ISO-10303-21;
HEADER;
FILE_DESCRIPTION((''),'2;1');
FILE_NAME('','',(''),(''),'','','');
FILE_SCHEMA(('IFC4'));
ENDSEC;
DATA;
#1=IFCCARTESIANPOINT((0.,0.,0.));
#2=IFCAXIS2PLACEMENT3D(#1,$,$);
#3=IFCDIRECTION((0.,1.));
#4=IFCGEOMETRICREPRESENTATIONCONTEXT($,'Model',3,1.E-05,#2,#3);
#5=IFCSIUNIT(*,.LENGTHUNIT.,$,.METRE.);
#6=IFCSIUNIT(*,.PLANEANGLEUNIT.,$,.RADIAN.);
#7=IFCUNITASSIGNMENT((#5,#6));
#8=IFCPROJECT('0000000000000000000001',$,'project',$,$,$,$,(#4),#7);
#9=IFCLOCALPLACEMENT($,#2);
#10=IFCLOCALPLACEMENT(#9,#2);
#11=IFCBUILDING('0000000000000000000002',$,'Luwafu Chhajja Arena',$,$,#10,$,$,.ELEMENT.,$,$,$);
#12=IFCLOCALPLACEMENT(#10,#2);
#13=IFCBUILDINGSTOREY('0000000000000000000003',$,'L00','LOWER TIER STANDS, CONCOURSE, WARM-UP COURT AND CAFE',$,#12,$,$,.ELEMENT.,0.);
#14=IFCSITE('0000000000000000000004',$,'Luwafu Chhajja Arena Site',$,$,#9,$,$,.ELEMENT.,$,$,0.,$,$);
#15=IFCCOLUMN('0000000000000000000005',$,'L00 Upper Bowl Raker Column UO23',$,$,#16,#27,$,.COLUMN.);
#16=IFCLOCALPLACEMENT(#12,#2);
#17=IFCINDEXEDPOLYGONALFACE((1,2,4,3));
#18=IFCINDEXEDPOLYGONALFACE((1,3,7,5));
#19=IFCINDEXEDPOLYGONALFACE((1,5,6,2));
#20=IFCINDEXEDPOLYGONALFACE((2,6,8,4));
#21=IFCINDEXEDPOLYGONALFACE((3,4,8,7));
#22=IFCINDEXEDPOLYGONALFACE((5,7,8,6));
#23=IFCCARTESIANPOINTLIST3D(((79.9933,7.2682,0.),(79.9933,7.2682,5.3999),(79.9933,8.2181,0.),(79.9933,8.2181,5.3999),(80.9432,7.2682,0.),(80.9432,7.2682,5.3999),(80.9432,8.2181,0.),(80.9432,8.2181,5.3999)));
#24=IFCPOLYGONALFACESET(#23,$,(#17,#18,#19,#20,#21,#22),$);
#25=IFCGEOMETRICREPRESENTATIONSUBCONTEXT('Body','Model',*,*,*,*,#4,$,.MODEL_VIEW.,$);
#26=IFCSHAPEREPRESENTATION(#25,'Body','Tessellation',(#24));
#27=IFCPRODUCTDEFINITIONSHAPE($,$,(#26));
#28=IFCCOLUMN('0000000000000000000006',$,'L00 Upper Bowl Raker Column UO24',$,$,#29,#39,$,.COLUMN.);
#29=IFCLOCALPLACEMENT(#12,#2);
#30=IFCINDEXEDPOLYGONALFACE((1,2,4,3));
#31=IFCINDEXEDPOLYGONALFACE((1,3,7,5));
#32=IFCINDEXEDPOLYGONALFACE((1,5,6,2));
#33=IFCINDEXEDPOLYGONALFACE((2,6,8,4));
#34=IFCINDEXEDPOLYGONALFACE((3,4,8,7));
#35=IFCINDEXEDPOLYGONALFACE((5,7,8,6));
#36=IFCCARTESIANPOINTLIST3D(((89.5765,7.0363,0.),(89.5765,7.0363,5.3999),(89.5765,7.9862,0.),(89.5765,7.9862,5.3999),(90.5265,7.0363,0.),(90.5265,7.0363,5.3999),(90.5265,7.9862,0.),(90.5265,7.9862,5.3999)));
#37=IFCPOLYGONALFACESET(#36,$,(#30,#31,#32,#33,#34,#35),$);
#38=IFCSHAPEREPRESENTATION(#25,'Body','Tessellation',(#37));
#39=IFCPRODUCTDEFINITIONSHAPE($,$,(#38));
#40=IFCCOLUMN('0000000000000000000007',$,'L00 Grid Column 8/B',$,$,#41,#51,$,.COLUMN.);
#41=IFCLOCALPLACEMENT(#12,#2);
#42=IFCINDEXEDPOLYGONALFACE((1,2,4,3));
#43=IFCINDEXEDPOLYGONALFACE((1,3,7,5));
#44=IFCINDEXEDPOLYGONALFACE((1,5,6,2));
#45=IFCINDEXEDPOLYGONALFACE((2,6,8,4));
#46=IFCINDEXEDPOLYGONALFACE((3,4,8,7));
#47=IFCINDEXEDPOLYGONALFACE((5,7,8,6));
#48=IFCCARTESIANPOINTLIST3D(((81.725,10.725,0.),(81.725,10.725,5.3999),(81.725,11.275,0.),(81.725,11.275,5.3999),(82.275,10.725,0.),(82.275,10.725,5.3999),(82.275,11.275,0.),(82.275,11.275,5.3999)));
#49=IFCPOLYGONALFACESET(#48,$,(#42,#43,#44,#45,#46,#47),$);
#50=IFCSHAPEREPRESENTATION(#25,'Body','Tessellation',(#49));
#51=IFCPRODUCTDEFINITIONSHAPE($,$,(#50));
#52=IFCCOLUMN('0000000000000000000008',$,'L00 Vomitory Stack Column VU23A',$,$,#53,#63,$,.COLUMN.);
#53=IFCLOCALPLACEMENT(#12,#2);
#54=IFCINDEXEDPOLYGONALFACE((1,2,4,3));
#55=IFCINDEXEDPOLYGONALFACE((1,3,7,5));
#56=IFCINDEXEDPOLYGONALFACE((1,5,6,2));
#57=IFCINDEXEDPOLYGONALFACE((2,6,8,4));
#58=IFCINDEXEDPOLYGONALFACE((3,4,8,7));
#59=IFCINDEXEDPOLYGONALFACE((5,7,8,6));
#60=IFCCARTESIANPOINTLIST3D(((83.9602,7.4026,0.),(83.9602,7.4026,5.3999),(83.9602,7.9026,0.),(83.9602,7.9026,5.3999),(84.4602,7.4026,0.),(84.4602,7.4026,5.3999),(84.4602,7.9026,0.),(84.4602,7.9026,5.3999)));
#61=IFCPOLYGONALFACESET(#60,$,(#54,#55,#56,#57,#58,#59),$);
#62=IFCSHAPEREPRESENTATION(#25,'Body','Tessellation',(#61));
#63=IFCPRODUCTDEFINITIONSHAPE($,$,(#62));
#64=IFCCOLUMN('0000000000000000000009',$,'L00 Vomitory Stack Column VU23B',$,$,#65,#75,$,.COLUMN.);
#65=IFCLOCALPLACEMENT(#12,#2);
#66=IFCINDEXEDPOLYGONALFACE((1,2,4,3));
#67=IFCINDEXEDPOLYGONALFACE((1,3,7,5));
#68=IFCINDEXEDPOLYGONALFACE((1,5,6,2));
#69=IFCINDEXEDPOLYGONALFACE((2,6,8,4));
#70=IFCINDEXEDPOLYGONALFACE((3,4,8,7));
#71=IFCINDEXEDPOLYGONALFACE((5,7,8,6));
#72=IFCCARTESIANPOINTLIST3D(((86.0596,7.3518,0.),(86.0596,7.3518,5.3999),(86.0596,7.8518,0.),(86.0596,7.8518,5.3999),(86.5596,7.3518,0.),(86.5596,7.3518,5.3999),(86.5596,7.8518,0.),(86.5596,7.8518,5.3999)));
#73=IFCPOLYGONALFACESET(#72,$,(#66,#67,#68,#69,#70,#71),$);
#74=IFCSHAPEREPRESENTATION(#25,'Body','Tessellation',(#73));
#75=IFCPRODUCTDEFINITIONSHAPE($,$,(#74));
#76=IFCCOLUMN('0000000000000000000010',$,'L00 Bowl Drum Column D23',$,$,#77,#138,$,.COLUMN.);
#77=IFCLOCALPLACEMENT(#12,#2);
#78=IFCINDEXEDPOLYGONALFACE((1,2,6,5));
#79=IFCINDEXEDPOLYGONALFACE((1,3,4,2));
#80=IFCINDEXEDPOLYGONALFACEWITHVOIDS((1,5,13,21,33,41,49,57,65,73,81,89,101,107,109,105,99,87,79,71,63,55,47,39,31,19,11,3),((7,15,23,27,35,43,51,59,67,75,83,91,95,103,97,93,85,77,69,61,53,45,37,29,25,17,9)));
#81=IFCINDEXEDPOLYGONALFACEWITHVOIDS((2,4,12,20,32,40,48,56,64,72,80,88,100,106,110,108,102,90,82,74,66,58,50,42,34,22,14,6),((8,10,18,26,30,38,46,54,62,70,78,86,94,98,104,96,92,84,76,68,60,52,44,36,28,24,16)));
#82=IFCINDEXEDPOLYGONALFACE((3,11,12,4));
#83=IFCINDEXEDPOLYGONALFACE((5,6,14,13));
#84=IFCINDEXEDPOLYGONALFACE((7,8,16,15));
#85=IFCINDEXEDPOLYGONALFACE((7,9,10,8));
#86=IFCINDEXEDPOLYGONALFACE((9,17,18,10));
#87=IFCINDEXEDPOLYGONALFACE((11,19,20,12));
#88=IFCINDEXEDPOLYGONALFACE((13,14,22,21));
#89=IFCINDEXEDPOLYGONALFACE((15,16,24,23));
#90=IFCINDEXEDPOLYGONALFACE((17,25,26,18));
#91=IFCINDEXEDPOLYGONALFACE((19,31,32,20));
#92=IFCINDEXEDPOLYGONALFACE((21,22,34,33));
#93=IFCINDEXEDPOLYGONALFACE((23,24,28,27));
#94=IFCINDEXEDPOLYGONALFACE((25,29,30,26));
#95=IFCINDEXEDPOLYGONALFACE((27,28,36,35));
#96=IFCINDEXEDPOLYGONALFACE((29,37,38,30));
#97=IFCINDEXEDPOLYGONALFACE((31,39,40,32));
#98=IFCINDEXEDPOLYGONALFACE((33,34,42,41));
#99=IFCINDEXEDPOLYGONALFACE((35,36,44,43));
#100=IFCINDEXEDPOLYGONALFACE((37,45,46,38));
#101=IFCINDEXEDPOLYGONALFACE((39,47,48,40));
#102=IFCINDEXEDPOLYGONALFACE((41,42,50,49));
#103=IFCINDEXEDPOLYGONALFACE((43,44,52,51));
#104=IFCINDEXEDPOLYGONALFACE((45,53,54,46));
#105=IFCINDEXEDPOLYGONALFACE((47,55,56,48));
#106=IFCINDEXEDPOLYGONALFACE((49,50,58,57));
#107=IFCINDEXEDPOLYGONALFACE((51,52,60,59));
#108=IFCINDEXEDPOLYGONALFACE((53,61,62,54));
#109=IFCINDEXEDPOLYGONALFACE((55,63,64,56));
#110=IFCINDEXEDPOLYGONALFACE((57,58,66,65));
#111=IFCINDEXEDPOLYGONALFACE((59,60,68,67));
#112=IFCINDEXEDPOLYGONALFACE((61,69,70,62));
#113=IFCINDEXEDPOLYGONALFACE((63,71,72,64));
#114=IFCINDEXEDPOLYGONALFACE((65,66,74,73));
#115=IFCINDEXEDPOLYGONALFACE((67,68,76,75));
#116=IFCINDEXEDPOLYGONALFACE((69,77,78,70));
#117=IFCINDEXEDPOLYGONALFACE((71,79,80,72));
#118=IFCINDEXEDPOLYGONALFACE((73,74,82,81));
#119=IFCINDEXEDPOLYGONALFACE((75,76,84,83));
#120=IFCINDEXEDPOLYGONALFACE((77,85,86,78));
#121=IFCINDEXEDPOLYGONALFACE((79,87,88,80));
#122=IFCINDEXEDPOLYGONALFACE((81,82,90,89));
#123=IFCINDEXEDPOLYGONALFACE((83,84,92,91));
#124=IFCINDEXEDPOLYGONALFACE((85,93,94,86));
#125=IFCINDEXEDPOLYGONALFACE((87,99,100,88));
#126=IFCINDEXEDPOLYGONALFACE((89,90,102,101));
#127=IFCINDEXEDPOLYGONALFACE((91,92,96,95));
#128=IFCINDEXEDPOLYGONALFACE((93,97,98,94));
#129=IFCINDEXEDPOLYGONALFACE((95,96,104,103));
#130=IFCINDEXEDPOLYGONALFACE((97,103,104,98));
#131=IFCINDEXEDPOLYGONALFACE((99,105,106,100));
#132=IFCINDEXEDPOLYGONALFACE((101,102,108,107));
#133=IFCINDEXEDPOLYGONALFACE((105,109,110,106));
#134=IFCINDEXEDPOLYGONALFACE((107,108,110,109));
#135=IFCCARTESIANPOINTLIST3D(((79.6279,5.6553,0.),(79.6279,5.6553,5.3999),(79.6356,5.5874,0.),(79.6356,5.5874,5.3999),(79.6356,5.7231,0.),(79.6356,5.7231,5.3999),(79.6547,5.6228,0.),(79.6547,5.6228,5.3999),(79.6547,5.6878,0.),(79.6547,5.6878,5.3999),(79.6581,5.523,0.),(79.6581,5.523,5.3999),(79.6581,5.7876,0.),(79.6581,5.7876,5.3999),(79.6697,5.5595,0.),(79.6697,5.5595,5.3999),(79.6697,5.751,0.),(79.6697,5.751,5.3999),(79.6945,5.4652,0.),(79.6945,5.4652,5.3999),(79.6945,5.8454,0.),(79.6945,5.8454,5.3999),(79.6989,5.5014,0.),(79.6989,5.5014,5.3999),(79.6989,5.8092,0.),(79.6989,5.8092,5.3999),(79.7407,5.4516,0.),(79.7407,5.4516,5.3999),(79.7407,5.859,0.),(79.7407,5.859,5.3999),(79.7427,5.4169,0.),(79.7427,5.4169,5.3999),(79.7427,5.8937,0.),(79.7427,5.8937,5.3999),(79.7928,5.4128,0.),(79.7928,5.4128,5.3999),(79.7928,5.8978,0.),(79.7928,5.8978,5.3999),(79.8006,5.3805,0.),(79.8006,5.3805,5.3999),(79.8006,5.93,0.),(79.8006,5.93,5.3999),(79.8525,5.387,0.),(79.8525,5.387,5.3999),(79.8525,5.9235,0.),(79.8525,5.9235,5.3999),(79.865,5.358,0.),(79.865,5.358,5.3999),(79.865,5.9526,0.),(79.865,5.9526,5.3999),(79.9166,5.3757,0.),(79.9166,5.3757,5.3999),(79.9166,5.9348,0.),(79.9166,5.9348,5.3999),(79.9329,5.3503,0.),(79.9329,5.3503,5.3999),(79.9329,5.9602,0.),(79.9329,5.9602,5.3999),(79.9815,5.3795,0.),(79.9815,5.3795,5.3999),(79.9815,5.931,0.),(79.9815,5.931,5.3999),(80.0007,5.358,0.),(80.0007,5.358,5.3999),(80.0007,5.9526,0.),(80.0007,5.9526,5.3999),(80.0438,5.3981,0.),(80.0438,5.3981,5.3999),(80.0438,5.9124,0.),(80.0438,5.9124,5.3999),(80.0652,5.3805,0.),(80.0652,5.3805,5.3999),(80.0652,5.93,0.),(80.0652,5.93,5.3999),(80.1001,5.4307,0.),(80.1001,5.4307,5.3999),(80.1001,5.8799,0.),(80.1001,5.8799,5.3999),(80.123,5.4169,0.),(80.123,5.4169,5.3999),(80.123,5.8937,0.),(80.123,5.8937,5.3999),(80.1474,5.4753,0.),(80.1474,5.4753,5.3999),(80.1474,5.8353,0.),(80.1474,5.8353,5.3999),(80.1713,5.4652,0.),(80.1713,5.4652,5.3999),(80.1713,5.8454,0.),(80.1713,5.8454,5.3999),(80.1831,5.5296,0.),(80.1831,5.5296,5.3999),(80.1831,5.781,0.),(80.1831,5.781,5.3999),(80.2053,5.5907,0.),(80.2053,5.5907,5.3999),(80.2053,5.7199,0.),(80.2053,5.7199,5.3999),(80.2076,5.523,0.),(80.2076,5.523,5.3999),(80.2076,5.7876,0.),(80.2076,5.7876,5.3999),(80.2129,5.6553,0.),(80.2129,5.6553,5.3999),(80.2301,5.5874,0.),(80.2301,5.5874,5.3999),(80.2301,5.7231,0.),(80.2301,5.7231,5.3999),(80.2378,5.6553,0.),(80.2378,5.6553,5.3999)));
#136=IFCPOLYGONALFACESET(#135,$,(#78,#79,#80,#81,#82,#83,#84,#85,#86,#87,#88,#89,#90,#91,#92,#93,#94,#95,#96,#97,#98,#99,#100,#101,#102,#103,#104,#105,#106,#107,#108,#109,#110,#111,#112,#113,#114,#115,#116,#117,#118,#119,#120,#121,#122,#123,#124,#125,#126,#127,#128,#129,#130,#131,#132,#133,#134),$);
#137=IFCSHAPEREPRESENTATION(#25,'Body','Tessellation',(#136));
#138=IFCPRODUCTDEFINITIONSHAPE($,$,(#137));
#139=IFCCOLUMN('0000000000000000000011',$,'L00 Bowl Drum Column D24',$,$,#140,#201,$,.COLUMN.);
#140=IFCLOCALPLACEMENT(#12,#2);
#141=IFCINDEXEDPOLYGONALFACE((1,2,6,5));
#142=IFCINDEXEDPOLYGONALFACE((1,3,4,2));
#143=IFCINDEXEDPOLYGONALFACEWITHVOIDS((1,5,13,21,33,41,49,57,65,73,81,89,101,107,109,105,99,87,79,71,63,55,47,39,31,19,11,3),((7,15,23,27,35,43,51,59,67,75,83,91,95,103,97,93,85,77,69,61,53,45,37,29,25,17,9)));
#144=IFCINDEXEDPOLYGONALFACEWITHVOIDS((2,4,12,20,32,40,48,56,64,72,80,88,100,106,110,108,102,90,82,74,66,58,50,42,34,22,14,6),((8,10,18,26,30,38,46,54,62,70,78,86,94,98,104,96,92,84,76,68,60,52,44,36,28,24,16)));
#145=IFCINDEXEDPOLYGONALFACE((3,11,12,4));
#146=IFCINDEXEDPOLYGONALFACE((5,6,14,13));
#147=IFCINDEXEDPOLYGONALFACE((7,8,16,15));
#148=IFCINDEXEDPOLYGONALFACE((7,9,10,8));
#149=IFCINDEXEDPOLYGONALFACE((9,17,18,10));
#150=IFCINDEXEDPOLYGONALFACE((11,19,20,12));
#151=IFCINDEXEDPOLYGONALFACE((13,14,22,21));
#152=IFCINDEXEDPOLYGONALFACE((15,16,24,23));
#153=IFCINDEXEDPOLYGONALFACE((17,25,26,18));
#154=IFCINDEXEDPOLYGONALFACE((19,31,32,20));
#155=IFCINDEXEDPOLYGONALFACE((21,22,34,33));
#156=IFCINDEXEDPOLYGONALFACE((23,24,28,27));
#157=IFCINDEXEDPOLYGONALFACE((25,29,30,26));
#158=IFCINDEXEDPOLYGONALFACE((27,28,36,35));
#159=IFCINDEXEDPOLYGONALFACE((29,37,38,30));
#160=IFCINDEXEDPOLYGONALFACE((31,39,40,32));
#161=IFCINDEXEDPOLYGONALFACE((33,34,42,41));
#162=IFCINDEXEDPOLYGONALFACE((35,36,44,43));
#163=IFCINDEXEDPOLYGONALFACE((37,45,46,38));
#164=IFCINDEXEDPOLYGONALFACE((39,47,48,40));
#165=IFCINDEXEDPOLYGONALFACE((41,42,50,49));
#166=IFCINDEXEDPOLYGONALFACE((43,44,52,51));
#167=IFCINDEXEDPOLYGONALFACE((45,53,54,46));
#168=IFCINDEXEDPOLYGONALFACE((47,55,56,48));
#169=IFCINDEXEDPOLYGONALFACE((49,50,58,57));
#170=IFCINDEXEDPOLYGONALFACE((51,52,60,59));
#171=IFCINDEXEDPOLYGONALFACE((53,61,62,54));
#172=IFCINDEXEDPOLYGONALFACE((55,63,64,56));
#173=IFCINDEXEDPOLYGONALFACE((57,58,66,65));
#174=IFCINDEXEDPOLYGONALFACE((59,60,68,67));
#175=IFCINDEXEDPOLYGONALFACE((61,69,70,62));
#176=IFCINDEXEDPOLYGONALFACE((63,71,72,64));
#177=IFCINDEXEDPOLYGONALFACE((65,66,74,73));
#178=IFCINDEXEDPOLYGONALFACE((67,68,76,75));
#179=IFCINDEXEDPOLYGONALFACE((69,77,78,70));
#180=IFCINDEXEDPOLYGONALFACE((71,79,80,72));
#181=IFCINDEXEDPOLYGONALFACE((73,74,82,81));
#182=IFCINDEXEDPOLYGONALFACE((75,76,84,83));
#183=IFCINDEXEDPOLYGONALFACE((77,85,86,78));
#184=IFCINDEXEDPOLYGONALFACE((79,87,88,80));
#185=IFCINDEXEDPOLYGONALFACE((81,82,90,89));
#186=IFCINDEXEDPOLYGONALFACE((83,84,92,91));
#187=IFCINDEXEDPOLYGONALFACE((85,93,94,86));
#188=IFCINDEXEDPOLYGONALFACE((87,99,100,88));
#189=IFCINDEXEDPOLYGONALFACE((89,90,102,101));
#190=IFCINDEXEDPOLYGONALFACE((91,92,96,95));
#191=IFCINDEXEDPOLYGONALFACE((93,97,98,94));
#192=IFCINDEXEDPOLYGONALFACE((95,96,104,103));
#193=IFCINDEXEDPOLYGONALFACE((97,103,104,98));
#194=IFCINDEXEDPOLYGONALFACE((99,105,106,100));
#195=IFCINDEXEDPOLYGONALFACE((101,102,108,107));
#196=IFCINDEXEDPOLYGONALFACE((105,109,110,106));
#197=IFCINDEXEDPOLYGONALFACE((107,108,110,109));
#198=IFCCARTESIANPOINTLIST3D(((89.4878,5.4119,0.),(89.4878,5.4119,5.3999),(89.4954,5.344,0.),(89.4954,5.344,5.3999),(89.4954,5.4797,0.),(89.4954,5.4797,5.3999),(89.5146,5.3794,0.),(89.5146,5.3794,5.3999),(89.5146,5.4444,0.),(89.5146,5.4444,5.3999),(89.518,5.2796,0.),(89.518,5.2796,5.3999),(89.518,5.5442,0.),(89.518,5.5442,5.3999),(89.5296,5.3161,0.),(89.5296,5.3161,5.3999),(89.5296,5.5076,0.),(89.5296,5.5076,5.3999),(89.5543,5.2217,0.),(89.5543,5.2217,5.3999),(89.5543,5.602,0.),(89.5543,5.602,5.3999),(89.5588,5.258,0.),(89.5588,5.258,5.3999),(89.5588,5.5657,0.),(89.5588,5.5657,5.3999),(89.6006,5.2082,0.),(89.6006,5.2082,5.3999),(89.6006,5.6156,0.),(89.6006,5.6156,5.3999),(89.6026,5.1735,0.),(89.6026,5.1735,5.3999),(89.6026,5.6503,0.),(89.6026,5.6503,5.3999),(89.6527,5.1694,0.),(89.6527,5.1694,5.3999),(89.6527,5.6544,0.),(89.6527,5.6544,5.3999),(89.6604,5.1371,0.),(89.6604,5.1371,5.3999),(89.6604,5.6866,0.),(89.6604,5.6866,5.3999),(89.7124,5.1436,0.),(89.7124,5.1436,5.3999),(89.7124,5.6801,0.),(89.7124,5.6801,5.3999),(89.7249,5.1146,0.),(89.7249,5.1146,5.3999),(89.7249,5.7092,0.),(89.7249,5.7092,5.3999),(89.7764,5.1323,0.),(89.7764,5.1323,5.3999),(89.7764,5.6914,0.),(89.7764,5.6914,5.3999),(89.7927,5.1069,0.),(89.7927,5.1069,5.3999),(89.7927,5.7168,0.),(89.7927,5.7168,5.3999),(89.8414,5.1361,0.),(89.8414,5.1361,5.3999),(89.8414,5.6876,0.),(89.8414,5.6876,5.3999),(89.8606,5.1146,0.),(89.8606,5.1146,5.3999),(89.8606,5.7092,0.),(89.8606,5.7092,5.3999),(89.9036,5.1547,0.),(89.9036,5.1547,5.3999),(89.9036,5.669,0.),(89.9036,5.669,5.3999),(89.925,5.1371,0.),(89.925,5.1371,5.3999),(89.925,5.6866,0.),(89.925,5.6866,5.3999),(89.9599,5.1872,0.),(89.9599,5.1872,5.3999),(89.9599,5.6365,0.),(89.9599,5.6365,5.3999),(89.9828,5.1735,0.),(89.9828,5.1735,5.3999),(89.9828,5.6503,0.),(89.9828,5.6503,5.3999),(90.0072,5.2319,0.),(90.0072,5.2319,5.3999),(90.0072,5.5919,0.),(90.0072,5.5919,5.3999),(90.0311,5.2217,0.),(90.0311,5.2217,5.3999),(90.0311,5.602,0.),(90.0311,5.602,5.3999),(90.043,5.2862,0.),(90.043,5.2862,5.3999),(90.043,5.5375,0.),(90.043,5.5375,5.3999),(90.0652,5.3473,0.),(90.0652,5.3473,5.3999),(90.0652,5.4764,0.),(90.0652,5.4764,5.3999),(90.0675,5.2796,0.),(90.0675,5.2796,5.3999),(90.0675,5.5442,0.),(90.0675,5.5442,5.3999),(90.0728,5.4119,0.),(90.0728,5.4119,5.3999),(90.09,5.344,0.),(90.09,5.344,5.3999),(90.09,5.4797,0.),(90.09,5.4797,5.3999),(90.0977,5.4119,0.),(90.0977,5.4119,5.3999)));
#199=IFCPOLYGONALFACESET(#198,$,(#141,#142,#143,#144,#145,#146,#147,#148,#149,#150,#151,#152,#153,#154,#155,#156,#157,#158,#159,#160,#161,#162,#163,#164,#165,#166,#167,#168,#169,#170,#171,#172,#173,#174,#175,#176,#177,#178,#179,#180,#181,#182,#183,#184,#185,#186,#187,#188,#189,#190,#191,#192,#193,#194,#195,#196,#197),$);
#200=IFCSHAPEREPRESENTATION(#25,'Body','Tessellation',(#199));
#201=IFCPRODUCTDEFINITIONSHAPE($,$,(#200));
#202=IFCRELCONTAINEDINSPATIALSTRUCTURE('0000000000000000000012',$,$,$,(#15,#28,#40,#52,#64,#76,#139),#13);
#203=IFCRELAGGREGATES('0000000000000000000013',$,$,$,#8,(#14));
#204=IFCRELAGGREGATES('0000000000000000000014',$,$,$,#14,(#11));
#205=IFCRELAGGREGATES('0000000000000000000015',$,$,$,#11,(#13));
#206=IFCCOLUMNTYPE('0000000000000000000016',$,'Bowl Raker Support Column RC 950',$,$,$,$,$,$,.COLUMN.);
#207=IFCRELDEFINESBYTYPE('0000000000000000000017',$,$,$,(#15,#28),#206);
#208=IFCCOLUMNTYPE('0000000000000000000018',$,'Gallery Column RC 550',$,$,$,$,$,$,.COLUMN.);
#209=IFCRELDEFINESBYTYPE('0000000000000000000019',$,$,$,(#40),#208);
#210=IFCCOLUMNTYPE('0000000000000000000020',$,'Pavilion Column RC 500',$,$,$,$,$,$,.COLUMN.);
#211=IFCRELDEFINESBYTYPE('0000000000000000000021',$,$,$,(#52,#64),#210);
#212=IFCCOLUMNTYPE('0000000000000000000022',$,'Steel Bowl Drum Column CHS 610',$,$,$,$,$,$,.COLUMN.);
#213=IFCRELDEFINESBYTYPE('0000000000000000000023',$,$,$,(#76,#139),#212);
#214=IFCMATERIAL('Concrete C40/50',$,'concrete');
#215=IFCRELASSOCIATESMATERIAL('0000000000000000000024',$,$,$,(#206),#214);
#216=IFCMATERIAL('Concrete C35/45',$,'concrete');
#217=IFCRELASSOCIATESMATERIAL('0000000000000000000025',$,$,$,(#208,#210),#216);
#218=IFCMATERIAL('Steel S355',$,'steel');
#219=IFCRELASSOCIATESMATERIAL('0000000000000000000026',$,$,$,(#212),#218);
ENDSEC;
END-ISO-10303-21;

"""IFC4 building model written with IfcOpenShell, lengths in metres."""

from ifc_helpers import new_model, si_unit, direction, frame, origin, origin_2d, place, context, subcontext, project, spatial, rectangle, hollow_circle, extrude, material, material_profile, profile_set, type_object, element, save


model = new_model("IFC4")

# Units and contexts
model_context = context("Model", 3, precision=1e-05, world=origin(), true_north=direction((0.0, 1.0)))
body_context = subcontext(model_context, "Body", "Model", "MODEL_VIEW")
ifc_project = project(units=[si_unit("LENGTHUNIT", "METRE"), si_unit("PLANEANGLEUNIT", "RADIAN")], contexts=[model_context])

# Site, building, storey
site_placement = place(None, origin())
site = spatial("IfcSite", under=ifc_project, at=site_placement, Name="Luwafu Chhajja Arena Site", CompositionType="ELEMENT", RefElevation=0.0)
building_placement = place(site_placement, origin())
building = spatial("IfcBuilding", under=site, at=building_placement, Name="Luwafu Chhajja Arena", CompositionType="ELEMENT")
storey_placement = place(building_placement, origin())
storey = spatial("IfcBuildingStorey", under=building, at=storey_placement, Name="L00", Description="LOWER TIER STANDS, CONCOURSE, WARM-UP COURT AND CAFE", CompositionType="ELEMENT", Elevation=0.0)

# Columns
ifc_material_1 = material(Name="Concrete C40/50", Category="concrete")
ifc_material_profile_1 = material_profile(ifc_material_1, rectangle(XDim=0.95, YDim=0.95, at=origin_2d()), Name="RC 950x950")
ifc_profile_set_1 = profile_set([ifc_material_profile_1], Name="Concrete C40/50")
column_type_1 = type_object("IfcColumnType", Name="Bowl Raker Support Column RC 950", PredefinedType="COLUMN", material=ifc_profile_set_1)
for number, where, z_axis, x_axis, name in (
    (1, (80.4683, 7.7432, 0.0), (0.0, 0.0, 1.0), (1.0, 0.0, 0.0), "L00 Upper Bowl Raker Column UO23"),
    (2, (90.0515, 7.5112, 0.0), (0.0, 0.0, 1.0), (1.0, 0.0, 0.0), "L00 Upper Bowl Raker Column UO24"),
):
    element("IfcColumn", number, at=place(storey_placement, frame(where, z_axis=z_axis, x_axis=x_axis)), inside=storey, type_object=column_type_1, Name=name, PredefinedType="COLUMN", context=body_context, shape_type="SweptSolid", body=[
        extrude(rectangle(XDim=0.95, YDim=0.95, at=origin_2d()), origin(), (0.0, 0.0, 1.0), 5.3999),
    ])
ifc_material_2 = material(Name="Concrete C35/45", Category="concrete")
ifc_material_profile_2 = material_profile(ifc_material_2, rectangle(XDim=0.55, YDim=0.55, at=origin_2d()), Name="RC 550x550")
ifc_profile_set_2 = profile_set([ifc_material_profile_2], Name="Concrete C35/45")
column_type_2 = type_object("IfcColumnType", Name="Gallery Column RC 550", PredefinedType="COLUMN", material=ifc_profile_set_2)
column_placement = place(storey_placement, frame((82.0, 11.0, 0.0), z_axis=(0.0, 0.0, 1.0), x_axis=(1.0, 0.0, 0.0)))
element("IfcColumn", 3, at=column_placement, inside=storey, type_object=column_type_2, Name="L00 Grid Column 8/B", PredefinedType="COLUMN", context=body_context, shape_type="SweptSolid", body=[
    extrude(rectangle(XDim=0.55, YDim=0.55, at=origin_2d()), origin(), (0.0, 0.0, 1.0), 5.3999),
])
ifc_material_profile_3 = material_profile(ifc_material_2, rectangle(XDim=0.5, YDim=0.5, at=origin_2d()), Name="RC 500x500")
ifc_profile_set_3 = profile_set([ifc_material_profile_3], Name="Concrete C35/45")
column_type_3 = type_object("IfcColumnType", Name="Pavilion Column RC 500", PredefinedType="COLUMN", material=ifc_profile_set_3)
for number, where, z_axis, x_axis, name in (
    (4, (84.2102, 7.6526, 0.0), (0.0, 0.0, 1.0), (1.0, 0.0, 0.0), "L00 Vomitory Stack Column VU23A"),
    (5, (86.3096, 7.6018, 0.0), (0.0, 0.0, 1.0), (1.0, 0.0, 0.0), "L00 Vomitory Stack Column VU23B"),
):
    element("IfcColumn", number, at=place(storey_placement, frame(where, z_axis=z_axis, x_axis=x_axis)), inside=storey, type_object=column_type_3, Name=name, PredefinedType="COLUMN", context=body_context, shape_type="SweptSolid", body=[
        extrude(rectangle(XDim=0.5, YDim=0.5, at=origin_2d()), origin(), (0.0, 0.0, 1.0), 5.3999),
    ])
ifc_material_3 = material(Name="Steel S355", Category="steel")
ifc_material_profile_4 = material_profile(ifc_material_3, hollow_circle(Radius=0.3049, WallThickness=0.0249, at=origin_2d()), Name="CHS 610x25")
ifc_profile_set_4 = profile_set([ifc_material_profile_4], Name="Steel S355")
column_type_4 = type_object("IfcColumnType", Name="Steel Bowl Drum Column CHS 610", PredefinedType="COLUMN", material=ifc_profile_set_4)
for number, where, z_axis, x_axis, name in (
    (6, (79.9329, 5.6553, 0.0), (0.0, 0.0, 1.0), (1.0, 0.0, 0.0), "L00 Bowl Drum Column D23"),
    (7, (89.7927, 5.4119, 0.0), (0.0, 0.0, 1.0), (1.0, 0.0, 0.0), "L00 Bowl Drum Column D24"),
):
    element("IfcColumn", number, at=place(storey_placement, frame(where, z_axis=z_axis, x_axis=x_axis)), inside=storey, type_object=column_type_4, Name=name, PredefinedType="COLUMN", context=body_context, shape_type="SweptSolid", body=[
        extrude(hollow_circle(Radius=0.3049, WallThickness=0.0249, at=origin_2d()), origin(), (0.0, 0.0, 1.0), 5.3999),
    ])

save(model, "model.ifc")
